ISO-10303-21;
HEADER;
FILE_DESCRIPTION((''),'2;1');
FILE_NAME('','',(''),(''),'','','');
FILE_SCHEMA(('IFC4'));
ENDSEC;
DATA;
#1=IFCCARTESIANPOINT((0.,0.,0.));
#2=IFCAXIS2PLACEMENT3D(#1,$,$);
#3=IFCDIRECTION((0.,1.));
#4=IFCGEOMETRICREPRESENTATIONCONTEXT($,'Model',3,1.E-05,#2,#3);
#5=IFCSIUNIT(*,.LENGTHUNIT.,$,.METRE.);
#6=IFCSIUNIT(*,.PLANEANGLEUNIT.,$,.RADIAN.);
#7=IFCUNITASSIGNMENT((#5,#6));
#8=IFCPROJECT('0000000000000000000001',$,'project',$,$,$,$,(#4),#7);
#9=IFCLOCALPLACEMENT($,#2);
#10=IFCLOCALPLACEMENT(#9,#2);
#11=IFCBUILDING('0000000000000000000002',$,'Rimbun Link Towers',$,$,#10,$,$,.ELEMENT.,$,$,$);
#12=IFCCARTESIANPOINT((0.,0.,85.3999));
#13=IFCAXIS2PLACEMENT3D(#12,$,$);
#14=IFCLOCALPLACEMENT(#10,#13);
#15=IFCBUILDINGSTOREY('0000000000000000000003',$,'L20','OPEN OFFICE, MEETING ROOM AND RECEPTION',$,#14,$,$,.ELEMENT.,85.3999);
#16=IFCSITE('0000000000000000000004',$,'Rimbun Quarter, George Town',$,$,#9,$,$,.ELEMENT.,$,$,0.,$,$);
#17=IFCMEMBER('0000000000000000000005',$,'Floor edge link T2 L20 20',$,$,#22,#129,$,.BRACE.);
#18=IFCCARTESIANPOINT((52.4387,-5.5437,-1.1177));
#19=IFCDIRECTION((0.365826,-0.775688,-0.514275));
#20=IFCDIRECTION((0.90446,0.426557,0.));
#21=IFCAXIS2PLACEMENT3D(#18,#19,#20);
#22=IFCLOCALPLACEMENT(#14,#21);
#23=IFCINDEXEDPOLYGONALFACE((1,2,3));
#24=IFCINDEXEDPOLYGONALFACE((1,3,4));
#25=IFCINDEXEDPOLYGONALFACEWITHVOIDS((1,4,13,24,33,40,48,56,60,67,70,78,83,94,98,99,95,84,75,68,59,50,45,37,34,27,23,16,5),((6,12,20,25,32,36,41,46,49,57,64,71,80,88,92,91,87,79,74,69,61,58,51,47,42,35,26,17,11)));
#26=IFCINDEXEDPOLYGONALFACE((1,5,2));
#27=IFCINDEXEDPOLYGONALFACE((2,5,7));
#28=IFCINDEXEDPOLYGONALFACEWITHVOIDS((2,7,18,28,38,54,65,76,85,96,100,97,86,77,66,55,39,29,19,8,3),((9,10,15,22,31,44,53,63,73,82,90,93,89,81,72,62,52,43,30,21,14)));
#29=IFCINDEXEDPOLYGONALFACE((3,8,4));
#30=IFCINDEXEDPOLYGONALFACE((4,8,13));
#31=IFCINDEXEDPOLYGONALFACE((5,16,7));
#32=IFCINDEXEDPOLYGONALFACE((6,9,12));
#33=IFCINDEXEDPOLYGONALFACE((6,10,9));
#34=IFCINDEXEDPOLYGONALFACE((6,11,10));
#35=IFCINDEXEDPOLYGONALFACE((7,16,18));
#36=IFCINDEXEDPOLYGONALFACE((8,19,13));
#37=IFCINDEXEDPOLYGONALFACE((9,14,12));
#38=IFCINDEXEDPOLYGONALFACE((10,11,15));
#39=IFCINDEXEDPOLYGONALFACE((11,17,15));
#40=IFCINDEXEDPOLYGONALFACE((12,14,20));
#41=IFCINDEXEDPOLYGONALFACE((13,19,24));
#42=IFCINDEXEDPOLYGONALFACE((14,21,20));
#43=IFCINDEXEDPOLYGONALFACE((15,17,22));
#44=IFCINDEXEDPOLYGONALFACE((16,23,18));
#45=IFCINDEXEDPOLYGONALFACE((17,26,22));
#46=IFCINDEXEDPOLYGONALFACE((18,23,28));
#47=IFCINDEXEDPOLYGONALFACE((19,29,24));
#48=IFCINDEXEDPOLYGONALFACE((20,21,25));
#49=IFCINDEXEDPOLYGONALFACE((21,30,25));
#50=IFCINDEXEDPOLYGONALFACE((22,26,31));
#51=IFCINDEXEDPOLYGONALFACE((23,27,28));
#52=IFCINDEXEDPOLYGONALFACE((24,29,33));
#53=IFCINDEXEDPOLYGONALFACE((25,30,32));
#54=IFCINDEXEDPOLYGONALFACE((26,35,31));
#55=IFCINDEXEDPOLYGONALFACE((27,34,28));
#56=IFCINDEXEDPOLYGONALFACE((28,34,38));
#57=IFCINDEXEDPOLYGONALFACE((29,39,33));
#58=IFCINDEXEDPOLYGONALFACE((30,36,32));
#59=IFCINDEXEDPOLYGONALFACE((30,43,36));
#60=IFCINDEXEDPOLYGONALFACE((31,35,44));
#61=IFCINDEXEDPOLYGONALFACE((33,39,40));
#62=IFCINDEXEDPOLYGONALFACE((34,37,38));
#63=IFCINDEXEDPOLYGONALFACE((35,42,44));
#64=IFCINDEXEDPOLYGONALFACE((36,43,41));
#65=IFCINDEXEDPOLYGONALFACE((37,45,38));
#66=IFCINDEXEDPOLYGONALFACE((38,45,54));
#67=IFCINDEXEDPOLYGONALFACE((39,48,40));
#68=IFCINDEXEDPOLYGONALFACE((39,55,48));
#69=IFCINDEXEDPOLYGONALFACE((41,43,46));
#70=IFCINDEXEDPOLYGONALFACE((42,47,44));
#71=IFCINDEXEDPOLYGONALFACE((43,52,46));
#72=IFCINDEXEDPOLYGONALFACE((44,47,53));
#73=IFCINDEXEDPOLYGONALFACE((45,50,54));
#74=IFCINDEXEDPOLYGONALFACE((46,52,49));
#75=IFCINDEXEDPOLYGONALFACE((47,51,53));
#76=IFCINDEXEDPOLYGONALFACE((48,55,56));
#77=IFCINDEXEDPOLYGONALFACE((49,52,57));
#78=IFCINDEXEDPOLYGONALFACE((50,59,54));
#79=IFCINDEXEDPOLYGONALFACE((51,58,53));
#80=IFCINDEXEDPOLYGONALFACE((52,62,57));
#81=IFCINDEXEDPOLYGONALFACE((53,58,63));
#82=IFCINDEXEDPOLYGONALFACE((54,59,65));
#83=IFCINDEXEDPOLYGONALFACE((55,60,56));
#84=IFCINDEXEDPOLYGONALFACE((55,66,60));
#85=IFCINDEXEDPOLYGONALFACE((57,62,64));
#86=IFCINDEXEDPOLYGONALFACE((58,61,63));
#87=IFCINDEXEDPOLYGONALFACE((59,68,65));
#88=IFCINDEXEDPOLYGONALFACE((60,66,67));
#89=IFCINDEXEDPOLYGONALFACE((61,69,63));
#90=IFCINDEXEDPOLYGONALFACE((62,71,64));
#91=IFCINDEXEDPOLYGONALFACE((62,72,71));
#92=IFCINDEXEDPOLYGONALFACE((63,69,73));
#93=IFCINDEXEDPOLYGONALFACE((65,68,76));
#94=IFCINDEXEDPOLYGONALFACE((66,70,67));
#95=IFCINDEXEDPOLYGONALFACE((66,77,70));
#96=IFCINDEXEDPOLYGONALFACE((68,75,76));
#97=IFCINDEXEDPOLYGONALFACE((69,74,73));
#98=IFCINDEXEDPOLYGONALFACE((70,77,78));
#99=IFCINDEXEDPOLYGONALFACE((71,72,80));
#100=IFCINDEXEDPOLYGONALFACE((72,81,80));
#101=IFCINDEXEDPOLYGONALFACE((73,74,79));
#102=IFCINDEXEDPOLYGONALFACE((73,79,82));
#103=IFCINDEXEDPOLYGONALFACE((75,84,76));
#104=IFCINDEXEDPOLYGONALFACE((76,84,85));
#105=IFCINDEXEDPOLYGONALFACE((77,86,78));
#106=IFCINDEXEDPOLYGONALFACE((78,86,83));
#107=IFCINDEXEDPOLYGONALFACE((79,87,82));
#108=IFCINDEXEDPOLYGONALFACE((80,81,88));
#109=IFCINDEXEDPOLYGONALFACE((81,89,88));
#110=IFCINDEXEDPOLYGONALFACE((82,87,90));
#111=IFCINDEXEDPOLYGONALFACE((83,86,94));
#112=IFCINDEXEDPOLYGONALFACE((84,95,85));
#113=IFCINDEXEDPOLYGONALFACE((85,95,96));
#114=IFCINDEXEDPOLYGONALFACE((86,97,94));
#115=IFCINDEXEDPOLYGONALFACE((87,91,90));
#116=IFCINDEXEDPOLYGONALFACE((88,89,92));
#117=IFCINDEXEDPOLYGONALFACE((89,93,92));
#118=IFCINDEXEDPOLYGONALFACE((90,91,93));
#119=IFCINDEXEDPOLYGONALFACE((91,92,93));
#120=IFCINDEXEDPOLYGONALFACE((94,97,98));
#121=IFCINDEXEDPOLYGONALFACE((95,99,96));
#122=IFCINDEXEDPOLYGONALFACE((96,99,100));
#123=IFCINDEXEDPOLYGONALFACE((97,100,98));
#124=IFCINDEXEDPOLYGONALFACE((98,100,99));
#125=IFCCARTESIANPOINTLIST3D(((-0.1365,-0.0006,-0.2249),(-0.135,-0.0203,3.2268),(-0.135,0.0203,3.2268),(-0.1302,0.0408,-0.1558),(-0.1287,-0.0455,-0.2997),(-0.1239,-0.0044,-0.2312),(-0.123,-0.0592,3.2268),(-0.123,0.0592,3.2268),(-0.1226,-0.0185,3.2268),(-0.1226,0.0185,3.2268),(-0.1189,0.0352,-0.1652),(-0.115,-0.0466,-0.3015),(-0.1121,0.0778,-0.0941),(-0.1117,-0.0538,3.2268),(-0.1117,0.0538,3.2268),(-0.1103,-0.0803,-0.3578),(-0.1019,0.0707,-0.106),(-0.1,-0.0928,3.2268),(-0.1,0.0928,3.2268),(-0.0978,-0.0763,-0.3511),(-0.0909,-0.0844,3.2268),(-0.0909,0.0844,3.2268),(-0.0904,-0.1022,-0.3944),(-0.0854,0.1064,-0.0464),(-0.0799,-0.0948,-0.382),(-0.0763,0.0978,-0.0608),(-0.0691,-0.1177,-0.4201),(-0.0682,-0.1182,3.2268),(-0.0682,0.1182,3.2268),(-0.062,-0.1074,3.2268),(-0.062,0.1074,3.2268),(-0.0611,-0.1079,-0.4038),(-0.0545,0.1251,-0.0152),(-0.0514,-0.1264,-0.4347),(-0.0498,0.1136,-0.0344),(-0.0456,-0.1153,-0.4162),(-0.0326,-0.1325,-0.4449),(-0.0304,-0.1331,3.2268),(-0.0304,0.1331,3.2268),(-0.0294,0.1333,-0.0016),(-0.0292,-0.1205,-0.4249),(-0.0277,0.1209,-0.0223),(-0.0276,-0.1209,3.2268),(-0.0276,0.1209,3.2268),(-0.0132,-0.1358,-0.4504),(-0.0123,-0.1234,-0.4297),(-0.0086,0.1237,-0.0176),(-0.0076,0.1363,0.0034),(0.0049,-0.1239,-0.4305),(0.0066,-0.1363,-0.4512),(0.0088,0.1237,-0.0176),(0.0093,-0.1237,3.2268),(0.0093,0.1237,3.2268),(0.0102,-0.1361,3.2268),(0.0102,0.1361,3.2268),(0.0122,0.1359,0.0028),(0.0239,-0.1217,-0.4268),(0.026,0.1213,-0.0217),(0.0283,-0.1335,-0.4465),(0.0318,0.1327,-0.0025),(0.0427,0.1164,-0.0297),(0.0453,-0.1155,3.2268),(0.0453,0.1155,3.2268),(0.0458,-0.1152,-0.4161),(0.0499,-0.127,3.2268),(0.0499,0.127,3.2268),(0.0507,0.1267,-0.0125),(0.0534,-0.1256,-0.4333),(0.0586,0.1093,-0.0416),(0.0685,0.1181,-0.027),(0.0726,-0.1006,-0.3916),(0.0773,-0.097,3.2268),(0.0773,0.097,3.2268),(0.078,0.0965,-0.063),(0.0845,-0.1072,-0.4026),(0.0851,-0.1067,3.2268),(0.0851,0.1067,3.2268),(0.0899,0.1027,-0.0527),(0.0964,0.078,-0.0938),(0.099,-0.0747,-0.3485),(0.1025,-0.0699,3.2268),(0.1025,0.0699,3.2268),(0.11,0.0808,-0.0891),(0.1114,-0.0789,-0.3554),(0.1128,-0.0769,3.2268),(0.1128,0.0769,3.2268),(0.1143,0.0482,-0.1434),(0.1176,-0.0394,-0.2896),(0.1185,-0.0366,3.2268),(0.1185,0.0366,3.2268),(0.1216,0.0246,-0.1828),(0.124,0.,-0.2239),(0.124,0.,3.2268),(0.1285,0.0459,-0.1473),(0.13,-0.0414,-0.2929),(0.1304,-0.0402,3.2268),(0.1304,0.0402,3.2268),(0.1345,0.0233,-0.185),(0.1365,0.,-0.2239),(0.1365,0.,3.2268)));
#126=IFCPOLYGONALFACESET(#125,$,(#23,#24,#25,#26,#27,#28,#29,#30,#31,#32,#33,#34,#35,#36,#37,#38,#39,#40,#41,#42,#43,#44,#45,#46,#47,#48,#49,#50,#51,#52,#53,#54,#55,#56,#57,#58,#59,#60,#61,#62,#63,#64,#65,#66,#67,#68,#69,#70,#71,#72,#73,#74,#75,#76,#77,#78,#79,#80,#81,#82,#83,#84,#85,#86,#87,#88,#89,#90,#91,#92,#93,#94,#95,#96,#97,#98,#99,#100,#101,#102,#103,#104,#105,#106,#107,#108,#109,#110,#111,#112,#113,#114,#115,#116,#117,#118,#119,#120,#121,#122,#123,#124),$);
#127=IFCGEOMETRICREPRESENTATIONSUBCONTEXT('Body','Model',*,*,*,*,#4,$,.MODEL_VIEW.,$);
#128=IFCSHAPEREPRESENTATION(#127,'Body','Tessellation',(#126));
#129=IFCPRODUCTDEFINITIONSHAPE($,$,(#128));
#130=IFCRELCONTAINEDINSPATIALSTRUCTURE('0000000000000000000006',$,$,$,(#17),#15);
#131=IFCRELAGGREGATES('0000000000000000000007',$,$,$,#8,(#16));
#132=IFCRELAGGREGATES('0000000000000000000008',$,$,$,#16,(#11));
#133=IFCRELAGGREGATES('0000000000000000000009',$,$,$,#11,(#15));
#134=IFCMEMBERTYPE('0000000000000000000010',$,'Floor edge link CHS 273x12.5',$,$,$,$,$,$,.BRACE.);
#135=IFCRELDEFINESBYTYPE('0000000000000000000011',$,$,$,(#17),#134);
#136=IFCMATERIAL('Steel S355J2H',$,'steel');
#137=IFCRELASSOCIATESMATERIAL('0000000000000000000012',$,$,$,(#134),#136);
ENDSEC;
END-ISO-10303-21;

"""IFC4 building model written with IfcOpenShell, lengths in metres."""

from ifc_helpers import new_model, si_unit, direction, frame, origin, origin_2d, place, context, subcontext, project, spatial, hollow_circle, extrude, clip, halfspace, material, material_profile, profile_set, type_object, element, save


model = new_model("IFC4")

# Units and contexts
model_context = context("Model", 3, precision=1e-05, world=origin(), true_north=direction((0.0, 1.0)))
body_context = subcontext(model_context, "Body", "Model", "MODEL_VIEW")
ifc_project = project(units=[si_unit("LENGTHUNIT", "METRE"), si_unit("PLANEANGLEUNIT", "RADIAN")], contexts=[model_context])

# Site, building, storey
site_placement = place(None, origin())
site = spatial("IfcSite", under=ifc_project, at=site_placement, Name="Rimbun Quarter, George Town", CompositionType="ELEMENT", RefElevation=0.0)
building_placement = place(site_placement, origin())
building = spatial("IfcBuilding", under=site, at=building_placement, Name="Rimbun Link Towers", CompositionType="ELEMENT")
storey_placement = place(building_placement, frame((0.0, 0.0, 85.3999)))
storey = spatial("IfcBuildingStorey", under=building, at=storey_placement, Name="L20", Description="OPEN OFFICE, MEETING ROOM AND RECEPTION", CompositionType="ELEMENT", Elevation=85.3999)

# Member
ifc_material_1 = material(Name="Steel S355J2H", Category="steel")
ifc_material_profile_1 = material_profile(ifc_material_1, hollow_circle(Radius=0.1365, WallThickness=0.0125, at=origin_2d()), Name="CHS 273x12.5")
ifc_profile_set_1 = profile_set([ifc_material_profile_1], Name="Steel S355J2H")
member_type = type_object("IfcMemberType", Name="Floor edge link CHS 273x12.5", PredefinedType="BRACE", material=ifc_profile_set_1)
member_1_placement = place(storey_placement, frame((52.4387, -5.5437, -1.1177), z_axis=(0.365826, -0.775688, -0.514275), x_axis=(0.90446, 0.426557, 0.0)))
element("IfcMember", 1, at=member_1_placement, inside=storey, type_object=member_type, Name="Floor edge link T2 L20 20", PredefinedType="BRACE", context=body_context, shape_type="Clipping", body=[
    clip(extrude(hollow_circle(Radius=0.1365, WallThickness=0.0125, at=origin_2d()), frame((0.0, 0.0, -0.4746)), (0.0, 0.0, 1.0), 3.7014), halfspace(frame((0.0, 0.0, -0.2239), z_axis=(0.0, 0.857625, -0.514275)), False)),
])

save(model, "model.ifc")
